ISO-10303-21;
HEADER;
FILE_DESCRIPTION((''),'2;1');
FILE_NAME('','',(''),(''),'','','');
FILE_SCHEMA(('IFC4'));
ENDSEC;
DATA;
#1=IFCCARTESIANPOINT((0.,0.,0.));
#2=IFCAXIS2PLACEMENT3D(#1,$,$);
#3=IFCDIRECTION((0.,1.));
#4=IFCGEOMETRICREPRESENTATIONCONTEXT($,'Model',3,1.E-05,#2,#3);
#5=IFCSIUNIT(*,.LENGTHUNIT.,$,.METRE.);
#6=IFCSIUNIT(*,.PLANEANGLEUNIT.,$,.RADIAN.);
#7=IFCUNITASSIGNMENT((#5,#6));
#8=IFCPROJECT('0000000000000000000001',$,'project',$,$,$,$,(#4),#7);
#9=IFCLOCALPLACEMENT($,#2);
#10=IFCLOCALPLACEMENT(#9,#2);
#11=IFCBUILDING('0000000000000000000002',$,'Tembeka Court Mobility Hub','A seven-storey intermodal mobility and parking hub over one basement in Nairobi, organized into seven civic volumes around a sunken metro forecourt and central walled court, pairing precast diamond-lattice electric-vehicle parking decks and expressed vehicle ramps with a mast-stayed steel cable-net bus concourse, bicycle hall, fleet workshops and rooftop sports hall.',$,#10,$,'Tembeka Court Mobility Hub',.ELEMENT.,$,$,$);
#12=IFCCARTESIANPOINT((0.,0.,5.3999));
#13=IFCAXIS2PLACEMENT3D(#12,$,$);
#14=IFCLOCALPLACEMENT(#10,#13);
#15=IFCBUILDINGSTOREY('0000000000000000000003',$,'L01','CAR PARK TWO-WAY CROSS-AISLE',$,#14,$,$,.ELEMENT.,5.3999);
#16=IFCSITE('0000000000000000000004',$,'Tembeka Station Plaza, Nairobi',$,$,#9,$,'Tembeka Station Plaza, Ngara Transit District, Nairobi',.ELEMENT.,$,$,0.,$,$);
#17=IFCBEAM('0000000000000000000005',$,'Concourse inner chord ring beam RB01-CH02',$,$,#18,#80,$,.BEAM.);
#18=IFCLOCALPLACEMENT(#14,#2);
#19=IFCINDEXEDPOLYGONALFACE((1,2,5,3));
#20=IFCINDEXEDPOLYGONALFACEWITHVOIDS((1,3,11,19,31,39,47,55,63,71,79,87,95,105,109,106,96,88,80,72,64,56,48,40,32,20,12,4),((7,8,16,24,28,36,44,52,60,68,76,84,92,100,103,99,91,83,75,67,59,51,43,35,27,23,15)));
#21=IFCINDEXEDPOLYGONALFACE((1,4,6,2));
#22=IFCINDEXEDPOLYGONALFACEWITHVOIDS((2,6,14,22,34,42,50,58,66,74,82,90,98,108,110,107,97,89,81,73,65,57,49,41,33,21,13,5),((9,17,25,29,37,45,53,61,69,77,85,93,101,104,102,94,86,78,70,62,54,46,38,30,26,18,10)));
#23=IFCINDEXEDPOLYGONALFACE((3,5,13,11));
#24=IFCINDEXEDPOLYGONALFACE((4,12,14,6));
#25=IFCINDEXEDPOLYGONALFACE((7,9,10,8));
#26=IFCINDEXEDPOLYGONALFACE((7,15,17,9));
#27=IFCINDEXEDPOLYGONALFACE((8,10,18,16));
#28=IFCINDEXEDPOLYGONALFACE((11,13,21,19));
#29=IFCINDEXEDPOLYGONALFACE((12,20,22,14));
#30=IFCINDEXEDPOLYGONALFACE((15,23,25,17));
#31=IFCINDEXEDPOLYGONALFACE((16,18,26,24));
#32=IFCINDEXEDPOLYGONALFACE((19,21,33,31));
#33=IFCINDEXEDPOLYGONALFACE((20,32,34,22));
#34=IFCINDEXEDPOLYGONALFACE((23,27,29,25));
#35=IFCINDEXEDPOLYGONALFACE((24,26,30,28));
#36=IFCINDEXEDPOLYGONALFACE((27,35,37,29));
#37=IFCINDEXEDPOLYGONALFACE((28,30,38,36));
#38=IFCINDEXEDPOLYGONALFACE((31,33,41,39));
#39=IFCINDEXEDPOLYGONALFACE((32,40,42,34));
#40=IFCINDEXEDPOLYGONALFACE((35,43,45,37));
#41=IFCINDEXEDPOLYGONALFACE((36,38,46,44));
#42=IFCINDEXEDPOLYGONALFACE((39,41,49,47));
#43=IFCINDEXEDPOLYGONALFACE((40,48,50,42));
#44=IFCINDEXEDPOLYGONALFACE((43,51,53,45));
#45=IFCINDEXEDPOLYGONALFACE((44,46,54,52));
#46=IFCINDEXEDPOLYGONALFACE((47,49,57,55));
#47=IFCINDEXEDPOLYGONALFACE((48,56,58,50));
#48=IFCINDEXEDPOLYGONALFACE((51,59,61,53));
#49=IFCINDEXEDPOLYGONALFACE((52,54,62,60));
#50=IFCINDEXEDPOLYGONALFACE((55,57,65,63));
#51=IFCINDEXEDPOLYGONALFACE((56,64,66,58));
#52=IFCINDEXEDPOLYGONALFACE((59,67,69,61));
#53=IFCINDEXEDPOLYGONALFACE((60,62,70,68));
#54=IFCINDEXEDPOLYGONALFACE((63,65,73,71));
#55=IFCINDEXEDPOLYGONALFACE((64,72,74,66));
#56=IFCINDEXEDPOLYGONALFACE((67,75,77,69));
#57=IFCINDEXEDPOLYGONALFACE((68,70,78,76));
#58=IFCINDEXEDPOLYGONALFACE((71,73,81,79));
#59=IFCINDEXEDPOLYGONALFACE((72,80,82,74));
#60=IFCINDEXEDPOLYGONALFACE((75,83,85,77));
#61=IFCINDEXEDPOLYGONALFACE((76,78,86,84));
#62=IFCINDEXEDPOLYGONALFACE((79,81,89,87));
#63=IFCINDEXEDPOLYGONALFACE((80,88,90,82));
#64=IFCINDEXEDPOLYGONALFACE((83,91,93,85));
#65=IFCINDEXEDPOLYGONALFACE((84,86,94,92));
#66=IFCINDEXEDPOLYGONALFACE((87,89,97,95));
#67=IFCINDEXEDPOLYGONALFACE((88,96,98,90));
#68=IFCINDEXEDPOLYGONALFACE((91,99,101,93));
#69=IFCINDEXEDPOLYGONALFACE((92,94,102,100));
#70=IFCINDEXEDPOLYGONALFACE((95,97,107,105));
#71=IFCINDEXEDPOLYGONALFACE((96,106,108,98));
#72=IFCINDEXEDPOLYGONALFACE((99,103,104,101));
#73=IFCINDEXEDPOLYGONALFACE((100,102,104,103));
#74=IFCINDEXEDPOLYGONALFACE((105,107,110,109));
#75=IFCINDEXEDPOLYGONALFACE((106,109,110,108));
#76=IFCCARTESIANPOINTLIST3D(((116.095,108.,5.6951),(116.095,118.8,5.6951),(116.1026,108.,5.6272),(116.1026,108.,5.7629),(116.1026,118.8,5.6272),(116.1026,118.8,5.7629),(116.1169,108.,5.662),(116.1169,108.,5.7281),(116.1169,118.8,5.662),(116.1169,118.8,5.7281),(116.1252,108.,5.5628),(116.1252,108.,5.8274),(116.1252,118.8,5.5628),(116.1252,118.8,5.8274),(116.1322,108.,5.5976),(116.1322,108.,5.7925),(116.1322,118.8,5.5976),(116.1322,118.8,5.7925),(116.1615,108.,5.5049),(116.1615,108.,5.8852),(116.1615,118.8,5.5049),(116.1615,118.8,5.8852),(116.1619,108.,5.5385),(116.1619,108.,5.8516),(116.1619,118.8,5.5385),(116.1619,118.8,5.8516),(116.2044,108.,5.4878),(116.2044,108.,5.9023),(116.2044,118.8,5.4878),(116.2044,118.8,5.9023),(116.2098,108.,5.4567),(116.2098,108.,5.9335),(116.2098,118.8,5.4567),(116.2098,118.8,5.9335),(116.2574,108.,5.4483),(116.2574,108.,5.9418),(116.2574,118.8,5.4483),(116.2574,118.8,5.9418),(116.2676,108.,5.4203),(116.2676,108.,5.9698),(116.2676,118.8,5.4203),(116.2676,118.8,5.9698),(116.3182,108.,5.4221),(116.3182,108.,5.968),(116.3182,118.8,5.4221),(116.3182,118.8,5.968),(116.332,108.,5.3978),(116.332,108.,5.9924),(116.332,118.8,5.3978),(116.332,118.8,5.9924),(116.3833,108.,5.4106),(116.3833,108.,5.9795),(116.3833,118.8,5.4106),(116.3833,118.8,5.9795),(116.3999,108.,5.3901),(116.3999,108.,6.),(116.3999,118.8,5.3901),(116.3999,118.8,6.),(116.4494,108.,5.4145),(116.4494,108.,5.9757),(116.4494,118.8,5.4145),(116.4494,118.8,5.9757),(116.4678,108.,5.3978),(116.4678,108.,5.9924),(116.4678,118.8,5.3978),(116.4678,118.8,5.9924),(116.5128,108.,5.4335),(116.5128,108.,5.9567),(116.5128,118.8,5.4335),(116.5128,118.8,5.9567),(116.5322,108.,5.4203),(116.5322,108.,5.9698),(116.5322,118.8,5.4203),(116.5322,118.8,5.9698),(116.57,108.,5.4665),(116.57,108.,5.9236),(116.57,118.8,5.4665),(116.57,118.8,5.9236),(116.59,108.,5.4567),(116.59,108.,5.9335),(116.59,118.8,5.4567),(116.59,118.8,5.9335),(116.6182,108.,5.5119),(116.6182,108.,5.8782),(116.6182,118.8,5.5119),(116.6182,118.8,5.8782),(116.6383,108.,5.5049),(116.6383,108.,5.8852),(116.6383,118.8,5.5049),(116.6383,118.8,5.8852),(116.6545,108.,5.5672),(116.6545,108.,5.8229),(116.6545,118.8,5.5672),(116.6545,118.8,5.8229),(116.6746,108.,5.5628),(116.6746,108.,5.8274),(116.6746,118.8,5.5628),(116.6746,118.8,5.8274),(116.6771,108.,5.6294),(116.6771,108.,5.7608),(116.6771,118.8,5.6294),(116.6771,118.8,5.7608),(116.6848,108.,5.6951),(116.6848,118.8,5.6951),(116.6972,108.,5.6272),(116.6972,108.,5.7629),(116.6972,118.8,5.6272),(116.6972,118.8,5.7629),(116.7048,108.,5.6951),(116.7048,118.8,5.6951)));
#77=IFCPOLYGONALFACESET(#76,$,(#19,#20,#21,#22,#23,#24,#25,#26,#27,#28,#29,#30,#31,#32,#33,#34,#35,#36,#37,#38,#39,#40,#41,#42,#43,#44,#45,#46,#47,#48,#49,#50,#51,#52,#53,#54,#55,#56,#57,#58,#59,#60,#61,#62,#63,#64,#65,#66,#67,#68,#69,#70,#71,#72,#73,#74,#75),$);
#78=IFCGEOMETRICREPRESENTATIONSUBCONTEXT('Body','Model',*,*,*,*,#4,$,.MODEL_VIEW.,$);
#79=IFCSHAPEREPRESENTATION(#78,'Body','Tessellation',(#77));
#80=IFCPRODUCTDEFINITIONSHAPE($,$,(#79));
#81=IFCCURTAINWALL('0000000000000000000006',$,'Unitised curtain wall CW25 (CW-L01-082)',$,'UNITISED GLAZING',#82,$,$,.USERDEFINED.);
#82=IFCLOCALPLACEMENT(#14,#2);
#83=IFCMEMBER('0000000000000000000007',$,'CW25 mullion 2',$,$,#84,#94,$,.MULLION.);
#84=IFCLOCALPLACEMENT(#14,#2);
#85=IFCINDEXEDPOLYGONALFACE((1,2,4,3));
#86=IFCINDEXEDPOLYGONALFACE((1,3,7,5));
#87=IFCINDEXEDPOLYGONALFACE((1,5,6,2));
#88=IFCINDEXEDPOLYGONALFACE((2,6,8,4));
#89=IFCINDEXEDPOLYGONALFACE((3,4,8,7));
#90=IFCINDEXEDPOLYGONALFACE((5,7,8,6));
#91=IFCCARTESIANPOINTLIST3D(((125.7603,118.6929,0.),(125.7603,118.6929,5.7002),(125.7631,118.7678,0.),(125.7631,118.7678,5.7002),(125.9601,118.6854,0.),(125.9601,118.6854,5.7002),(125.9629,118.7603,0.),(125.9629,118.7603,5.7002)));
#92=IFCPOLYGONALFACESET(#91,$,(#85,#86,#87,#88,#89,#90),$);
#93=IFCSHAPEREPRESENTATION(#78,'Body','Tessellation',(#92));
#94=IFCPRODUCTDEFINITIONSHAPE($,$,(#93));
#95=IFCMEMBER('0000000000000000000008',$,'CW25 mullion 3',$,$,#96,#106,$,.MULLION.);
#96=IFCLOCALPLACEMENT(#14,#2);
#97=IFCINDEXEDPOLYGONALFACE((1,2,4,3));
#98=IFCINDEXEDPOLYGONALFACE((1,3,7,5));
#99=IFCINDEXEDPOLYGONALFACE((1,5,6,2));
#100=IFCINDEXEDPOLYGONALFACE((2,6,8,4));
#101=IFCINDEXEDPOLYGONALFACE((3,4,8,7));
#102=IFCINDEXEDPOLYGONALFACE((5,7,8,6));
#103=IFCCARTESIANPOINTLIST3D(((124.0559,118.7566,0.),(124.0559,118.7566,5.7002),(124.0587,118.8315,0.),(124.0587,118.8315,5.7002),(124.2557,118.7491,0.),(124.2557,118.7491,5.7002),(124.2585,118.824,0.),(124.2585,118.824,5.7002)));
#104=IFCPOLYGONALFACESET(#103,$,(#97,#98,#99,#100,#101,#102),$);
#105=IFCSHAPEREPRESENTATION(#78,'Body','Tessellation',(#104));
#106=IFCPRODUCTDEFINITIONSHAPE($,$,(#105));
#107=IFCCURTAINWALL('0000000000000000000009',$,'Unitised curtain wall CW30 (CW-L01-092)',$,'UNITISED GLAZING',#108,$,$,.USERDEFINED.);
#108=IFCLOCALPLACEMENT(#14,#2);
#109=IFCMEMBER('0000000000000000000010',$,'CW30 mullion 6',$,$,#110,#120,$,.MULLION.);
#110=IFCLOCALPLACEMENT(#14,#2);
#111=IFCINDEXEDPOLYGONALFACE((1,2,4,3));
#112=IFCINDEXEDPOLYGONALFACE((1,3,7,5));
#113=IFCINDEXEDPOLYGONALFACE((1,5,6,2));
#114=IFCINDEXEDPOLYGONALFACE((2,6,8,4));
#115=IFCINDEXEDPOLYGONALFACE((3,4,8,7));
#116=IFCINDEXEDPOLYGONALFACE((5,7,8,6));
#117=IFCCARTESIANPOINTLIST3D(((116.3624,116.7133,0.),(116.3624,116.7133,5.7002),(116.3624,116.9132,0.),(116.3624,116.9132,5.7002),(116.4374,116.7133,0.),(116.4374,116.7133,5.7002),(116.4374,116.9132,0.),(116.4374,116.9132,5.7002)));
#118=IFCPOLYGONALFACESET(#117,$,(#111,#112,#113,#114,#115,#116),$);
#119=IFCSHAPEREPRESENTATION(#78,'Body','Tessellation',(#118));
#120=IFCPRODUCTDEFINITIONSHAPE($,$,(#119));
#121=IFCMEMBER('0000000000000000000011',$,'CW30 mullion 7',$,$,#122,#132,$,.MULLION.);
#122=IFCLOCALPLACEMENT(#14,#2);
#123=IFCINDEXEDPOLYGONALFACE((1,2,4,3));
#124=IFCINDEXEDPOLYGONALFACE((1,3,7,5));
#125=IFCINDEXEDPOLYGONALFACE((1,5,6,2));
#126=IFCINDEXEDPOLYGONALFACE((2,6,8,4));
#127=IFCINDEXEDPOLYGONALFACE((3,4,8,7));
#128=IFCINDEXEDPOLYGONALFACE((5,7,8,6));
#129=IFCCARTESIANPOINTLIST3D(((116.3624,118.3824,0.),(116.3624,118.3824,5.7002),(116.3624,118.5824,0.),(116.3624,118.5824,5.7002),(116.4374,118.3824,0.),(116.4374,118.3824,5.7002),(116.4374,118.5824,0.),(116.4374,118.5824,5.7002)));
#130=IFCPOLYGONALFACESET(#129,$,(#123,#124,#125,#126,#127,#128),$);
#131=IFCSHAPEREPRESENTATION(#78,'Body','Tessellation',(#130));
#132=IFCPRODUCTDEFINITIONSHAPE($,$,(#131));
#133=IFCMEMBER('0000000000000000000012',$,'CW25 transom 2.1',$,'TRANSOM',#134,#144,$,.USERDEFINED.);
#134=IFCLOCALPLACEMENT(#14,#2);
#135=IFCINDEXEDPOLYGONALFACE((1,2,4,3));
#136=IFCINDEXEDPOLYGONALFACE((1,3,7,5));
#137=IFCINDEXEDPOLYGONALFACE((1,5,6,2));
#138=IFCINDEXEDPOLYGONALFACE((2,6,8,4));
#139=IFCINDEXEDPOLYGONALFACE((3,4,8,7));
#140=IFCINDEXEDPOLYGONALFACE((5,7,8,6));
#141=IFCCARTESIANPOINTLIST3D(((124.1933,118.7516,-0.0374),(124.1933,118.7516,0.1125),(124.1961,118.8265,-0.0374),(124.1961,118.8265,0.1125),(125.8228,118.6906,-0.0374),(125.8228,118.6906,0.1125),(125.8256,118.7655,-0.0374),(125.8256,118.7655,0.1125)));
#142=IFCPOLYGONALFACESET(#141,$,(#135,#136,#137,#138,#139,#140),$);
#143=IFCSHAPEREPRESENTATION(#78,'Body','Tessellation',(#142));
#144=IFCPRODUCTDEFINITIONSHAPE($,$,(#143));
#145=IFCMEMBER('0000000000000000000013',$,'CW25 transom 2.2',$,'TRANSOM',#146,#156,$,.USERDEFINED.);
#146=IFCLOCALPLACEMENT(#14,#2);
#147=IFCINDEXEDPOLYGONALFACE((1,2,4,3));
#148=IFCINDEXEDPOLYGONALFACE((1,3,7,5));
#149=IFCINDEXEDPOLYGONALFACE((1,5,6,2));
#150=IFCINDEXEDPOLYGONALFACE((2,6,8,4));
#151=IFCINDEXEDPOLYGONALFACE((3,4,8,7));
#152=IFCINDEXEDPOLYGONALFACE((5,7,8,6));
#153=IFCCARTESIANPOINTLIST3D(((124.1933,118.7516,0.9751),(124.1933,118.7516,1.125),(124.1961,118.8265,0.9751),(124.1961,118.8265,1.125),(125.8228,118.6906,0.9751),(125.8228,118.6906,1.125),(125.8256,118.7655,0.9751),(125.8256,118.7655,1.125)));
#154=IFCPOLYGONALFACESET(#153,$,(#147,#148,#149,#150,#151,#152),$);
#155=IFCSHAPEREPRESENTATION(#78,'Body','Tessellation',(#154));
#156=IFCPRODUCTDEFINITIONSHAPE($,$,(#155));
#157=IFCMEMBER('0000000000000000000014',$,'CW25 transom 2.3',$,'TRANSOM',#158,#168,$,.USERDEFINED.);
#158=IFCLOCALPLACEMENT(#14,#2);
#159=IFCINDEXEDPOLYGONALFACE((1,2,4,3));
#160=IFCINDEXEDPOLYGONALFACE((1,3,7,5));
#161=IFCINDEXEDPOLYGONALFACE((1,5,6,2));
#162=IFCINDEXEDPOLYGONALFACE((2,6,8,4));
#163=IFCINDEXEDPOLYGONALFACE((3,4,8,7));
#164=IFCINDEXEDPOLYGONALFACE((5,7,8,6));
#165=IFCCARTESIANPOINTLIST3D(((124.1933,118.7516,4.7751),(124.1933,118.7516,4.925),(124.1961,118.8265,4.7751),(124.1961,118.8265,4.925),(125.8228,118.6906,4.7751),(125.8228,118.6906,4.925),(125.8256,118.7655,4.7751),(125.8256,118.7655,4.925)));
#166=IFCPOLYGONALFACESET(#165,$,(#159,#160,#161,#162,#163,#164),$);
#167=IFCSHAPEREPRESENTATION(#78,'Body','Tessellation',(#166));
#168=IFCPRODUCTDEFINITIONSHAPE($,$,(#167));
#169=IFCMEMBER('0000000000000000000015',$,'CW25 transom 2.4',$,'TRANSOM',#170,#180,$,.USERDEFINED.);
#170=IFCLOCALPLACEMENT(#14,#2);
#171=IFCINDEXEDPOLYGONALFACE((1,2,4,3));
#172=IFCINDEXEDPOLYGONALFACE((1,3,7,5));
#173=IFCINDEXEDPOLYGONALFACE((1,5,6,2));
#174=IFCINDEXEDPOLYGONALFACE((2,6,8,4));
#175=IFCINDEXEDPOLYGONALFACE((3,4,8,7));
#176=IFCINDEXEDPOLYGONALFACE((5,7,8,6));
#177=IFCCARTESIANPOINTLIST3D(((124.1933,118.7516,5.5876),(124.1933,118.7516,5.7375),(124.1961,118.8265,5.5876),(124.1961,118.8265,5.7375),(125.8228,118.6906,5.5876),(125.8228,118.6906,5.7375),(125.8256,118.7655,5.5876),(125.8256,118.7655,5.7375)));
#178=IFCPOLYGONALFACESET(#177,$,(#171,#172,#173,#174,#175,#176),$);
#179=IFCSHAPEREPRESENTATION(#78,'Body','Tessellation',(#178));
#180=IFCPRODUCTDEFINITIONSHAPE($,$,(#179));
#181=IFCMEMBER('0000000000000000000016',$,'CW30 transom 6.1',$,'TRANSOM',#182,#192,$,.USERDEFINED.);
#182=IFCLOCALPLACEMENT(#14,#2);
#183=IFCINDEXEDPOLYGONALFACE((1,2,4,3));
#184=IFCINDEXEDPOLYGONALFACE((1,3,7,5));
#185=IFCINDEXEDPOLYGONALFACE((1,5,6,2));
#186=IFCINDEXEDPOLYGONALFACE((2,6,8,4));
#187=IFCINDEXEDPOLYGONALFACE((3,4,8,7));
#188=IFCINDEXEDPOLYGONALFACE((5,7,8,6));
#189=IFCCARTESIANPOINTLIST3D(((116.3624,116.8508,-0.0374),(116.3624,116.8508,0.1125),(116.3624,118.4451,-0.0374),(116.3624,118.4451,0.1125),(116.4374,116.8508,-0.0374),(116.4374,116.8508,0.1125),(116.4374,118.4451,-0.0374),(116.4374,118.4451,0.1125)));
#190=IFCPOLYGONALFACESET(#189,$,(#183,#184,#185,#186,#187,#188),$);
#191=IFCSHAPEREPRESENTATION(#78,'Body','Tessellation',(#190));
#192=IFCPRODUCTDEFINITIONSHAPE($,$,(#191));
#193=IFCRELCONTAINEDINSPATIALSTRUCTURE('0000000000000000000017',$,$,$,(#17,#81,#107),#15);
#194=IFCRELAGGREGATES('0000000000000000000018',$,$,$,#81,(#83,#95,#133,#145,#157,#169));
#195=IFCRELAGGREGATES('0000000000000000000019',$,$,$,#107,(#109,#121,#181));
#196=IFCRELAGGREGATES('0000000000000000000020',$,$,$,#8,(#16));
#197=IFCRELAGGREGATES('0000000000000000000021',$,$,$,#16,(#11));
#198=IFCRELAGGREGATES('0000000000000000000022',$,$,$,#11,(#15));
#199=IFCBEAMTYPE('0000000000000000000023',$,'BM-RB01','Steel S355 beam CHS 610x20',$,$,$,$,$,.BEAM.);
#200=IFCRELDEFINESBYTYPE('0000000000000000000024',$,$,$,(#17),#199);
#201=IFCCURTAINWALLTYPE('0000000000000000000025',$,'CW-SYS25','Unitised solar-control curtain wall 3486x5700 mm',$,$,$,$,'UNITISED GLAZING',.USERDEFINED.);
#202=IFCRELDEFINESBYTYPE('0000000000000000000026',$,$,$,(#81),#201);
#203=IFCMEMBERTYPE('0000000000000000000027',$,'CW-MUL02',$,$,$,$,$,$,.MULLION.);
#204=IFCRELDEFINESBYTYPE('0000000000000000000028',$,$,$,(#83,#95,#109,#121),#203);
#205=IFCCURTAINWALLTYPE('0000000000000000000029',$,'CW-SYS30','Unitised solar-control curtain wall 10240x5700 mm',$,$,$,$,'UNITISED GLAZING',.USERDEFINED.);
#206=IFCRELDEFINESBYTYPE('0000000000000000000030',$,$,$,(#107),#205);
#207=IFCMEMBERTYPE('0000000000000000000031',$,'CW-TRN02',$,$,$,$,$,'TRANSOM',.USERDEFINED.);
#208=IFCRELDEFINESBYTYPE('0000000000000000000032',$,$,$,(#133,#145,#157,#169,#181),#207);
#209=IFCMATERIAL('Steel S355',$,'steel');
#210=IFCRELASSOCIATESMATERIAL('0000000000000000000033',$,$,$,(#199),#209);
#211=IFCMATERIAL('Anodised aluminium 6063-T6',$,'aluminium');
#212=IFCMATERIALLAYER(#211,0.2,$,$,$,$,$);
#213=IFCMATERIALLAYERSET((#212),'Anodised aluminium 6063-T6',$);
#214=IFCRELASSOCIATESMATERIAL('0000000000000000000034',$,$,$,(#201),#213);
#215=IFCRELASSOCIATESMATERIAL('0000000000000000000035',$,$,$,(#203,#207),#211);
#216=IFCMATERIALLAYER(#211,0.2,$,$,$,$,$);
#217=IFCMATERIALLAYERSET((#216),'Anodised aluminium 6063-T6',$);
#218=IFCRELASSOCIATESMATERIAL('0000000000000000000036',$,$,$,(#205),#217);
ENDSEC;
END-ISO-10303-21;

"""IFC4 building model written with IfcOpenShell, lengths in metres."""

from ifc_helpers import new_model, si_unit, direction, frame, origin, origin_2d, place, context, subcontext, project, spatial, rectangle, hollow_circle, extrude, material, layer, layer_set, material_profile, profile_set, type_object, element, aggregate, save


model = new_model("IFC4")

# Units and contexts
model_context = context("Model", 3, precision=1e-05, world=origin(), true_north=direction((0.0, 1.0)))
body_context = subcontext(model_context, "Body", "Model", "MODEL_VIEW")
ifc_project = project(units=[si_unit("LENGTHUNIT", "METRE"), si_unit("PLANEANGLEUNIT", "RADIAN")], contexts=[model_context])

# Site, building, storey
site_placement = place(None, origin())
site = spatial("IfcSite", under=ifc_project, at=site_placement, Name="Tembeka Station Plaza, Nairobi", LongName="Tembeka Station Plaza, Ngara Transit District, Nairobi", CompositionType="ELEMENT", RefElevation=0.0)
building_placement = place(site_placement, origin())
building = spatial("IfcBuilding", under=site, at=building_placement, Name="Tembeka Court Mobility Hub", Description="A seven-storey intermodal mobility and parking hub over one basement in Nairobi, organized into seven civic volumes around a sunken metro forecourt and central walled court, pairing precast diamond-lattice electric-vehicle parking decks and expressed vehicle ramps with a mast-stayed steel cable-net bus concourse, bicycle hall, fleet workshops and rooftop sports hall.", LongName="Tembeka Court Mobility Hub", CompositionType="ELEMENT")
storey_placement = place(building_placement, frame((0.0, 0.0, 5.3999)))
storey = spatial("IfcBuildingStorey", under=building, at=storey_placement, Name="L01", Description="CAR PARK TWO-WAY CROSS-AISLE", CompositionType="ELEMENT", Elevation=5.3999)

# Shared definitions
ifc_material_1 = material(Name="Steel S355", Category="steel")

# Beam
ifc_material_profile_1 = material_profile(ifc_material_1, hollow_circle(Radius=0.3049, WallThickness=0.02, at=origin_2d()), Name="CHS 610x20")
ifc_profile_set_1 = profile_set([ifc_material_profile_1], Name="Steel S355")
beam_type = type_object("IfcBeamType", Name="BM-RB01", Description="Steel S355 beam CHS 610x20", PredefinedType="BEAM", material=ifc_profile_set_1)
beam_1_placement = place(storey_placement, frame((116.3999, 118.8, 5.6951), z_axis=(0.0, -1.0, 0.0), x_axis=(1.0, 0.0, 0.0)))
element("IfcBeam", 1, at=beam_1_placement, inside=storey, type_object=beam_type, Name="Concourse inner chord ring beam RB01-CH02", PredefinedType="BEAM", context=body_context, shape_type="SweptSolid", body=[
    extrude(hollow_circle(Radius=0.3049, WallThickness=0.02, at=origin_2d()), origin(), (0.0, 0.0, 1.0), 10.8),
])

# Curtain walls, members
ifc_material_2 = material(Name="Anodised aluminium 6063-T6", Category="aluminium")
ifc_layer_1 = layer(ifc_material_2, 0.2)
ifc_layer_set_1 = layer_set([ifc_layer_1], Name="Anodised aluminium 6063-T6")
curtain_wall_type_1 = type_object("IfcCurtainWallType", Name="CW-SYS25", Description="Unitised solar-control curtain wall 3486x5700 mm", ElementType="UNITISED GLAZING", PredefinedType="USERDEFINED", material=ifc_layer_set_1)
curtain_wall_1_placement = place(storey_placement, origin())
curtain_wall_1 = element("IfcCurtainWall", 2, at=curtain_wall_1_placement, inside=storey, type_object=curtain_wall_type_1, Name="Unitised curtain wall CW25 (CW-L01-082)", ObjectType="UNITISED GLAZING", PredefinedType="USERDEFINED")
ifc_material_profile_2 = material_profile(ifc_material_2, rectangle(XDim=0.075, YDim=0.2, at=origin_2d()), Name="ALU-MUL 75x200")
ifc_profile_set_2 = profile_set([ifc_material_profile_2], Name="Anodised aluminium 6063-T6")
member_type_1 = type_object("IfcMemberType", Name="CW-MUL02", PredefinedType="MULLION", material=ifc_profile_set_2)
member_1_placement = place(storey_placement, frame((125.8616, 118.7266, 0.0), z_axis=(0.0, 0.0, 1.0), x_axis=(-0.037405, -0.9993, 0.0)))
member_1 = element("IfcMember", 3, at=member_1_placement, type_object=member_type_1, Name="CW25 mullion 2", PredefinedType="MULLION", context=body_context, shape_type="SweptSolid", body=[
    extrude(rectangle(XDim=0.075, YDim=0.2, at=origin_2d()), origin(), (0.0, 0.0, 1.0), 5.7002),
])
member_2_placement = place(storey_placement, frame((124.1572, 118.7903, 0.0), z_axis=(0.0, 0.0, 1.0), x_axis=(-0.037405, -0.9993, 0.0)))
member_2 = element("IfcMember", 4, at=member_2_placement, type_object=member_type_1, Name="CW25 mullion 3", PredefinedType="MULLION", context=body_context, shape_type="SweptSolid", body=[
    extrude(rectangle(XDim=0.075, YDim=0.2, at=origin_2d()), origin(), (0.0, 0.0, 1.0), 5.7002),
])
ifc_layer_2 = layer(ifc_material_2, 0.2)
ifc_layer_set_2 = layer_set([ifc_layer_2], Name="Anodised aluminium 6063-T6")
curtain_wall_type_2 = type_object("IfcCurtainWallType", Name="CW-SYS30", Description="Unitised solar-control curtain wall 10240x5700 mm", ElementType="UNITISED GLAZING", PredefinedType="USERDEFINED", material=ifc_layer_set_2)
curtain_wall_2_placement = place(storey_placement, origin())
curtain_wall_2 = element("IfcCurtainWall", 5, at=curtain_wall_2_placement, inside=storey, type_object=curtain_wall_type_2, Name="Unitised curtain wall CW30 (CW-L01-092)", ObjectType="UNITISED GLAZING", PredefinedType="USERDEFINED")
member_3_placement = place(storey_placement, frame((116.3999, 116.8132, 0.0), z_axis=(0.0, 0.0, 1.0), x_axis=(-1.0, 0.0, 0.0)))
member_3 = element("IfcMember", 6, at=member_3_placement, type_object=member_type_1, Name="CW30 mullion 6", PredefinedType="MULLION", context=body_context, shape_type="SweptSolid", body=[
    extrude(rectangle(XDim=0.075, YDim=0.2, at=origin_2d()), origin(), (0.0, 0.0, 1.0), 5.7002),
])
member_4_placement = place(storey_placement, frame((116.3999, 118.4824, 0.0), z_axis=(0.0, 0.0, 1.0), x_axis=(-1.0, 0.0, 0.0)))
member_4 = element("IfcMember", 7, at=member_4_placement, type_object=member_type_1, Name="CW30 mullion 7", PredefinedType="MULLION", context=body_context, shape_type="SweptSolid", body=[
    extrude(rectangle(XDim=0.075, YDim=0.2, at=origin_2d()), origin(), (0.0, 0.0, 1.0), 5.7002),
])

# Members
ifc_material_profile_3 = material_profile(ifc_material_2, rectangle(XDim=0.075, YDim=0.1499, at=origin_2d()), Name="ALU-TRN 75x150")
ifc_profile_set_3 = profile_set([ifc_material_profile_3], Name="Anodised aluminium 6063-T6")
member_type_2 = type_object("IfcMemberType", Name="CW-TRN02", ElementType="TRANSOM", PredefinedType="USERDEFINED", material=ifc_profile_set_3)
member_5_placement = place(storey_placement, frame((125.8242, 118.728, 0.0376), z_axis=(-0.999299, 0.037433, 0.0), x_axis=(-0.037433, -0.999299, 0.0)))
member_5 = element("IfcMember", 8, at=member_5_placement, type_object=member_type_2, Name="CW25 transom 2.1", ObjectType="TRANSOM", PredefinedType="USERDEFINED", context=body_context, shape_type="SweptSolid", body=[
    extrude(rectangle(XDim=0.075, YDim=0.1499, at=origin_2d()), origin(), (0.0, 0.0, 1.0), 1.6306),
])
member_6_placement = place(storey_placement, frame((125.8242, 118.728, 1.05), z_axis=(-0.999299, 0.037433, 0.0), x_axis=(-0.037433, -0.999299, 0.0)))
member_6 = element("IfcMember", 9, at=member_6_placement, type_object=member_type_2, Name="CW25 transom 2.2", ObjectType="TRANSOM", PredefinedType="USERDEFINED", context=body_context, shape_type="SweptSolid", body=[
    extrude(rectangle(XDim=0.075, YDim=0.1499, at=origin_2d()), origin(), (0.0, 0.0, 1.0), 1.6306),
])
member_7_placement = place(storey_placement, frame((125.8242, 118.728, 4.8501), z_axis=(-0.999299, 0.037433, 0.0), x_axis=(-0.037433, -0.999299, 0.0)))
member_7 = element("IfcMember", 10, at=member_7_placement, type_object=member_type_2, Name="CW25 transom 2.3", ObjectType="TRANSOM", PredefinedType="USERDEFINED", context=body_context, shape_type="SweptSolid", body=[
    extrude(rectangle(XDim=0.075, YDim=0.1499, at=origin_2d()), origin(), (0.0, 0.0, 1.0), 1.6306),
])
member_8_placement = place(storey_placement, frame((125.8242, 118.728, 5.6626), z_axis=(-0.999299, 0.037433, 0.0), x_axis=(-0.037433, -0.999299, 0.0)))
member_8 = element("IfcMember", 11, at=member_8_placement, type_object=member_type_2, Name="CW25 transom 2.4", ObjectType="TRANSOM", PredefinedType="USERDEFINED", context=body_context, shape_type="SweptSolid", body=[
    extrude(rectangle(XDim=0.075, YDim=0.1499, at=origin_2d()), origin(), (0.0, 0.0, 1.0), 1.6306),
])
member_9_placement = place(storey_placement, frame((116.3999, 116.8508, 0.0376), z_axis=(0.0, 1.0, 0.0), x_axis=(-1.0, 0.0, 0.0)))
member_9 = element("IfcMember", 12, at=member_9_placement, type_object=member_type_2, Name="CW30 transom 6.1", ObjectType="TRANSOM", PredefinedType="USERDEFINED", context=body_context, shape_type="SweptSolid", body=[
    extrude(rectangle(XDim=0.075, YDim=0.1499, at=origin_2d()), origin(), (0.0, 0.0, 1.0), 1.5942),
])

aggregate(curtain_wall_1, [member_1, member_2, member_5, member_6, member_7, member_8])
aggregate(curtain_wall_2, [member_3, member_4, member_9])

save(model, "model.ifc")
